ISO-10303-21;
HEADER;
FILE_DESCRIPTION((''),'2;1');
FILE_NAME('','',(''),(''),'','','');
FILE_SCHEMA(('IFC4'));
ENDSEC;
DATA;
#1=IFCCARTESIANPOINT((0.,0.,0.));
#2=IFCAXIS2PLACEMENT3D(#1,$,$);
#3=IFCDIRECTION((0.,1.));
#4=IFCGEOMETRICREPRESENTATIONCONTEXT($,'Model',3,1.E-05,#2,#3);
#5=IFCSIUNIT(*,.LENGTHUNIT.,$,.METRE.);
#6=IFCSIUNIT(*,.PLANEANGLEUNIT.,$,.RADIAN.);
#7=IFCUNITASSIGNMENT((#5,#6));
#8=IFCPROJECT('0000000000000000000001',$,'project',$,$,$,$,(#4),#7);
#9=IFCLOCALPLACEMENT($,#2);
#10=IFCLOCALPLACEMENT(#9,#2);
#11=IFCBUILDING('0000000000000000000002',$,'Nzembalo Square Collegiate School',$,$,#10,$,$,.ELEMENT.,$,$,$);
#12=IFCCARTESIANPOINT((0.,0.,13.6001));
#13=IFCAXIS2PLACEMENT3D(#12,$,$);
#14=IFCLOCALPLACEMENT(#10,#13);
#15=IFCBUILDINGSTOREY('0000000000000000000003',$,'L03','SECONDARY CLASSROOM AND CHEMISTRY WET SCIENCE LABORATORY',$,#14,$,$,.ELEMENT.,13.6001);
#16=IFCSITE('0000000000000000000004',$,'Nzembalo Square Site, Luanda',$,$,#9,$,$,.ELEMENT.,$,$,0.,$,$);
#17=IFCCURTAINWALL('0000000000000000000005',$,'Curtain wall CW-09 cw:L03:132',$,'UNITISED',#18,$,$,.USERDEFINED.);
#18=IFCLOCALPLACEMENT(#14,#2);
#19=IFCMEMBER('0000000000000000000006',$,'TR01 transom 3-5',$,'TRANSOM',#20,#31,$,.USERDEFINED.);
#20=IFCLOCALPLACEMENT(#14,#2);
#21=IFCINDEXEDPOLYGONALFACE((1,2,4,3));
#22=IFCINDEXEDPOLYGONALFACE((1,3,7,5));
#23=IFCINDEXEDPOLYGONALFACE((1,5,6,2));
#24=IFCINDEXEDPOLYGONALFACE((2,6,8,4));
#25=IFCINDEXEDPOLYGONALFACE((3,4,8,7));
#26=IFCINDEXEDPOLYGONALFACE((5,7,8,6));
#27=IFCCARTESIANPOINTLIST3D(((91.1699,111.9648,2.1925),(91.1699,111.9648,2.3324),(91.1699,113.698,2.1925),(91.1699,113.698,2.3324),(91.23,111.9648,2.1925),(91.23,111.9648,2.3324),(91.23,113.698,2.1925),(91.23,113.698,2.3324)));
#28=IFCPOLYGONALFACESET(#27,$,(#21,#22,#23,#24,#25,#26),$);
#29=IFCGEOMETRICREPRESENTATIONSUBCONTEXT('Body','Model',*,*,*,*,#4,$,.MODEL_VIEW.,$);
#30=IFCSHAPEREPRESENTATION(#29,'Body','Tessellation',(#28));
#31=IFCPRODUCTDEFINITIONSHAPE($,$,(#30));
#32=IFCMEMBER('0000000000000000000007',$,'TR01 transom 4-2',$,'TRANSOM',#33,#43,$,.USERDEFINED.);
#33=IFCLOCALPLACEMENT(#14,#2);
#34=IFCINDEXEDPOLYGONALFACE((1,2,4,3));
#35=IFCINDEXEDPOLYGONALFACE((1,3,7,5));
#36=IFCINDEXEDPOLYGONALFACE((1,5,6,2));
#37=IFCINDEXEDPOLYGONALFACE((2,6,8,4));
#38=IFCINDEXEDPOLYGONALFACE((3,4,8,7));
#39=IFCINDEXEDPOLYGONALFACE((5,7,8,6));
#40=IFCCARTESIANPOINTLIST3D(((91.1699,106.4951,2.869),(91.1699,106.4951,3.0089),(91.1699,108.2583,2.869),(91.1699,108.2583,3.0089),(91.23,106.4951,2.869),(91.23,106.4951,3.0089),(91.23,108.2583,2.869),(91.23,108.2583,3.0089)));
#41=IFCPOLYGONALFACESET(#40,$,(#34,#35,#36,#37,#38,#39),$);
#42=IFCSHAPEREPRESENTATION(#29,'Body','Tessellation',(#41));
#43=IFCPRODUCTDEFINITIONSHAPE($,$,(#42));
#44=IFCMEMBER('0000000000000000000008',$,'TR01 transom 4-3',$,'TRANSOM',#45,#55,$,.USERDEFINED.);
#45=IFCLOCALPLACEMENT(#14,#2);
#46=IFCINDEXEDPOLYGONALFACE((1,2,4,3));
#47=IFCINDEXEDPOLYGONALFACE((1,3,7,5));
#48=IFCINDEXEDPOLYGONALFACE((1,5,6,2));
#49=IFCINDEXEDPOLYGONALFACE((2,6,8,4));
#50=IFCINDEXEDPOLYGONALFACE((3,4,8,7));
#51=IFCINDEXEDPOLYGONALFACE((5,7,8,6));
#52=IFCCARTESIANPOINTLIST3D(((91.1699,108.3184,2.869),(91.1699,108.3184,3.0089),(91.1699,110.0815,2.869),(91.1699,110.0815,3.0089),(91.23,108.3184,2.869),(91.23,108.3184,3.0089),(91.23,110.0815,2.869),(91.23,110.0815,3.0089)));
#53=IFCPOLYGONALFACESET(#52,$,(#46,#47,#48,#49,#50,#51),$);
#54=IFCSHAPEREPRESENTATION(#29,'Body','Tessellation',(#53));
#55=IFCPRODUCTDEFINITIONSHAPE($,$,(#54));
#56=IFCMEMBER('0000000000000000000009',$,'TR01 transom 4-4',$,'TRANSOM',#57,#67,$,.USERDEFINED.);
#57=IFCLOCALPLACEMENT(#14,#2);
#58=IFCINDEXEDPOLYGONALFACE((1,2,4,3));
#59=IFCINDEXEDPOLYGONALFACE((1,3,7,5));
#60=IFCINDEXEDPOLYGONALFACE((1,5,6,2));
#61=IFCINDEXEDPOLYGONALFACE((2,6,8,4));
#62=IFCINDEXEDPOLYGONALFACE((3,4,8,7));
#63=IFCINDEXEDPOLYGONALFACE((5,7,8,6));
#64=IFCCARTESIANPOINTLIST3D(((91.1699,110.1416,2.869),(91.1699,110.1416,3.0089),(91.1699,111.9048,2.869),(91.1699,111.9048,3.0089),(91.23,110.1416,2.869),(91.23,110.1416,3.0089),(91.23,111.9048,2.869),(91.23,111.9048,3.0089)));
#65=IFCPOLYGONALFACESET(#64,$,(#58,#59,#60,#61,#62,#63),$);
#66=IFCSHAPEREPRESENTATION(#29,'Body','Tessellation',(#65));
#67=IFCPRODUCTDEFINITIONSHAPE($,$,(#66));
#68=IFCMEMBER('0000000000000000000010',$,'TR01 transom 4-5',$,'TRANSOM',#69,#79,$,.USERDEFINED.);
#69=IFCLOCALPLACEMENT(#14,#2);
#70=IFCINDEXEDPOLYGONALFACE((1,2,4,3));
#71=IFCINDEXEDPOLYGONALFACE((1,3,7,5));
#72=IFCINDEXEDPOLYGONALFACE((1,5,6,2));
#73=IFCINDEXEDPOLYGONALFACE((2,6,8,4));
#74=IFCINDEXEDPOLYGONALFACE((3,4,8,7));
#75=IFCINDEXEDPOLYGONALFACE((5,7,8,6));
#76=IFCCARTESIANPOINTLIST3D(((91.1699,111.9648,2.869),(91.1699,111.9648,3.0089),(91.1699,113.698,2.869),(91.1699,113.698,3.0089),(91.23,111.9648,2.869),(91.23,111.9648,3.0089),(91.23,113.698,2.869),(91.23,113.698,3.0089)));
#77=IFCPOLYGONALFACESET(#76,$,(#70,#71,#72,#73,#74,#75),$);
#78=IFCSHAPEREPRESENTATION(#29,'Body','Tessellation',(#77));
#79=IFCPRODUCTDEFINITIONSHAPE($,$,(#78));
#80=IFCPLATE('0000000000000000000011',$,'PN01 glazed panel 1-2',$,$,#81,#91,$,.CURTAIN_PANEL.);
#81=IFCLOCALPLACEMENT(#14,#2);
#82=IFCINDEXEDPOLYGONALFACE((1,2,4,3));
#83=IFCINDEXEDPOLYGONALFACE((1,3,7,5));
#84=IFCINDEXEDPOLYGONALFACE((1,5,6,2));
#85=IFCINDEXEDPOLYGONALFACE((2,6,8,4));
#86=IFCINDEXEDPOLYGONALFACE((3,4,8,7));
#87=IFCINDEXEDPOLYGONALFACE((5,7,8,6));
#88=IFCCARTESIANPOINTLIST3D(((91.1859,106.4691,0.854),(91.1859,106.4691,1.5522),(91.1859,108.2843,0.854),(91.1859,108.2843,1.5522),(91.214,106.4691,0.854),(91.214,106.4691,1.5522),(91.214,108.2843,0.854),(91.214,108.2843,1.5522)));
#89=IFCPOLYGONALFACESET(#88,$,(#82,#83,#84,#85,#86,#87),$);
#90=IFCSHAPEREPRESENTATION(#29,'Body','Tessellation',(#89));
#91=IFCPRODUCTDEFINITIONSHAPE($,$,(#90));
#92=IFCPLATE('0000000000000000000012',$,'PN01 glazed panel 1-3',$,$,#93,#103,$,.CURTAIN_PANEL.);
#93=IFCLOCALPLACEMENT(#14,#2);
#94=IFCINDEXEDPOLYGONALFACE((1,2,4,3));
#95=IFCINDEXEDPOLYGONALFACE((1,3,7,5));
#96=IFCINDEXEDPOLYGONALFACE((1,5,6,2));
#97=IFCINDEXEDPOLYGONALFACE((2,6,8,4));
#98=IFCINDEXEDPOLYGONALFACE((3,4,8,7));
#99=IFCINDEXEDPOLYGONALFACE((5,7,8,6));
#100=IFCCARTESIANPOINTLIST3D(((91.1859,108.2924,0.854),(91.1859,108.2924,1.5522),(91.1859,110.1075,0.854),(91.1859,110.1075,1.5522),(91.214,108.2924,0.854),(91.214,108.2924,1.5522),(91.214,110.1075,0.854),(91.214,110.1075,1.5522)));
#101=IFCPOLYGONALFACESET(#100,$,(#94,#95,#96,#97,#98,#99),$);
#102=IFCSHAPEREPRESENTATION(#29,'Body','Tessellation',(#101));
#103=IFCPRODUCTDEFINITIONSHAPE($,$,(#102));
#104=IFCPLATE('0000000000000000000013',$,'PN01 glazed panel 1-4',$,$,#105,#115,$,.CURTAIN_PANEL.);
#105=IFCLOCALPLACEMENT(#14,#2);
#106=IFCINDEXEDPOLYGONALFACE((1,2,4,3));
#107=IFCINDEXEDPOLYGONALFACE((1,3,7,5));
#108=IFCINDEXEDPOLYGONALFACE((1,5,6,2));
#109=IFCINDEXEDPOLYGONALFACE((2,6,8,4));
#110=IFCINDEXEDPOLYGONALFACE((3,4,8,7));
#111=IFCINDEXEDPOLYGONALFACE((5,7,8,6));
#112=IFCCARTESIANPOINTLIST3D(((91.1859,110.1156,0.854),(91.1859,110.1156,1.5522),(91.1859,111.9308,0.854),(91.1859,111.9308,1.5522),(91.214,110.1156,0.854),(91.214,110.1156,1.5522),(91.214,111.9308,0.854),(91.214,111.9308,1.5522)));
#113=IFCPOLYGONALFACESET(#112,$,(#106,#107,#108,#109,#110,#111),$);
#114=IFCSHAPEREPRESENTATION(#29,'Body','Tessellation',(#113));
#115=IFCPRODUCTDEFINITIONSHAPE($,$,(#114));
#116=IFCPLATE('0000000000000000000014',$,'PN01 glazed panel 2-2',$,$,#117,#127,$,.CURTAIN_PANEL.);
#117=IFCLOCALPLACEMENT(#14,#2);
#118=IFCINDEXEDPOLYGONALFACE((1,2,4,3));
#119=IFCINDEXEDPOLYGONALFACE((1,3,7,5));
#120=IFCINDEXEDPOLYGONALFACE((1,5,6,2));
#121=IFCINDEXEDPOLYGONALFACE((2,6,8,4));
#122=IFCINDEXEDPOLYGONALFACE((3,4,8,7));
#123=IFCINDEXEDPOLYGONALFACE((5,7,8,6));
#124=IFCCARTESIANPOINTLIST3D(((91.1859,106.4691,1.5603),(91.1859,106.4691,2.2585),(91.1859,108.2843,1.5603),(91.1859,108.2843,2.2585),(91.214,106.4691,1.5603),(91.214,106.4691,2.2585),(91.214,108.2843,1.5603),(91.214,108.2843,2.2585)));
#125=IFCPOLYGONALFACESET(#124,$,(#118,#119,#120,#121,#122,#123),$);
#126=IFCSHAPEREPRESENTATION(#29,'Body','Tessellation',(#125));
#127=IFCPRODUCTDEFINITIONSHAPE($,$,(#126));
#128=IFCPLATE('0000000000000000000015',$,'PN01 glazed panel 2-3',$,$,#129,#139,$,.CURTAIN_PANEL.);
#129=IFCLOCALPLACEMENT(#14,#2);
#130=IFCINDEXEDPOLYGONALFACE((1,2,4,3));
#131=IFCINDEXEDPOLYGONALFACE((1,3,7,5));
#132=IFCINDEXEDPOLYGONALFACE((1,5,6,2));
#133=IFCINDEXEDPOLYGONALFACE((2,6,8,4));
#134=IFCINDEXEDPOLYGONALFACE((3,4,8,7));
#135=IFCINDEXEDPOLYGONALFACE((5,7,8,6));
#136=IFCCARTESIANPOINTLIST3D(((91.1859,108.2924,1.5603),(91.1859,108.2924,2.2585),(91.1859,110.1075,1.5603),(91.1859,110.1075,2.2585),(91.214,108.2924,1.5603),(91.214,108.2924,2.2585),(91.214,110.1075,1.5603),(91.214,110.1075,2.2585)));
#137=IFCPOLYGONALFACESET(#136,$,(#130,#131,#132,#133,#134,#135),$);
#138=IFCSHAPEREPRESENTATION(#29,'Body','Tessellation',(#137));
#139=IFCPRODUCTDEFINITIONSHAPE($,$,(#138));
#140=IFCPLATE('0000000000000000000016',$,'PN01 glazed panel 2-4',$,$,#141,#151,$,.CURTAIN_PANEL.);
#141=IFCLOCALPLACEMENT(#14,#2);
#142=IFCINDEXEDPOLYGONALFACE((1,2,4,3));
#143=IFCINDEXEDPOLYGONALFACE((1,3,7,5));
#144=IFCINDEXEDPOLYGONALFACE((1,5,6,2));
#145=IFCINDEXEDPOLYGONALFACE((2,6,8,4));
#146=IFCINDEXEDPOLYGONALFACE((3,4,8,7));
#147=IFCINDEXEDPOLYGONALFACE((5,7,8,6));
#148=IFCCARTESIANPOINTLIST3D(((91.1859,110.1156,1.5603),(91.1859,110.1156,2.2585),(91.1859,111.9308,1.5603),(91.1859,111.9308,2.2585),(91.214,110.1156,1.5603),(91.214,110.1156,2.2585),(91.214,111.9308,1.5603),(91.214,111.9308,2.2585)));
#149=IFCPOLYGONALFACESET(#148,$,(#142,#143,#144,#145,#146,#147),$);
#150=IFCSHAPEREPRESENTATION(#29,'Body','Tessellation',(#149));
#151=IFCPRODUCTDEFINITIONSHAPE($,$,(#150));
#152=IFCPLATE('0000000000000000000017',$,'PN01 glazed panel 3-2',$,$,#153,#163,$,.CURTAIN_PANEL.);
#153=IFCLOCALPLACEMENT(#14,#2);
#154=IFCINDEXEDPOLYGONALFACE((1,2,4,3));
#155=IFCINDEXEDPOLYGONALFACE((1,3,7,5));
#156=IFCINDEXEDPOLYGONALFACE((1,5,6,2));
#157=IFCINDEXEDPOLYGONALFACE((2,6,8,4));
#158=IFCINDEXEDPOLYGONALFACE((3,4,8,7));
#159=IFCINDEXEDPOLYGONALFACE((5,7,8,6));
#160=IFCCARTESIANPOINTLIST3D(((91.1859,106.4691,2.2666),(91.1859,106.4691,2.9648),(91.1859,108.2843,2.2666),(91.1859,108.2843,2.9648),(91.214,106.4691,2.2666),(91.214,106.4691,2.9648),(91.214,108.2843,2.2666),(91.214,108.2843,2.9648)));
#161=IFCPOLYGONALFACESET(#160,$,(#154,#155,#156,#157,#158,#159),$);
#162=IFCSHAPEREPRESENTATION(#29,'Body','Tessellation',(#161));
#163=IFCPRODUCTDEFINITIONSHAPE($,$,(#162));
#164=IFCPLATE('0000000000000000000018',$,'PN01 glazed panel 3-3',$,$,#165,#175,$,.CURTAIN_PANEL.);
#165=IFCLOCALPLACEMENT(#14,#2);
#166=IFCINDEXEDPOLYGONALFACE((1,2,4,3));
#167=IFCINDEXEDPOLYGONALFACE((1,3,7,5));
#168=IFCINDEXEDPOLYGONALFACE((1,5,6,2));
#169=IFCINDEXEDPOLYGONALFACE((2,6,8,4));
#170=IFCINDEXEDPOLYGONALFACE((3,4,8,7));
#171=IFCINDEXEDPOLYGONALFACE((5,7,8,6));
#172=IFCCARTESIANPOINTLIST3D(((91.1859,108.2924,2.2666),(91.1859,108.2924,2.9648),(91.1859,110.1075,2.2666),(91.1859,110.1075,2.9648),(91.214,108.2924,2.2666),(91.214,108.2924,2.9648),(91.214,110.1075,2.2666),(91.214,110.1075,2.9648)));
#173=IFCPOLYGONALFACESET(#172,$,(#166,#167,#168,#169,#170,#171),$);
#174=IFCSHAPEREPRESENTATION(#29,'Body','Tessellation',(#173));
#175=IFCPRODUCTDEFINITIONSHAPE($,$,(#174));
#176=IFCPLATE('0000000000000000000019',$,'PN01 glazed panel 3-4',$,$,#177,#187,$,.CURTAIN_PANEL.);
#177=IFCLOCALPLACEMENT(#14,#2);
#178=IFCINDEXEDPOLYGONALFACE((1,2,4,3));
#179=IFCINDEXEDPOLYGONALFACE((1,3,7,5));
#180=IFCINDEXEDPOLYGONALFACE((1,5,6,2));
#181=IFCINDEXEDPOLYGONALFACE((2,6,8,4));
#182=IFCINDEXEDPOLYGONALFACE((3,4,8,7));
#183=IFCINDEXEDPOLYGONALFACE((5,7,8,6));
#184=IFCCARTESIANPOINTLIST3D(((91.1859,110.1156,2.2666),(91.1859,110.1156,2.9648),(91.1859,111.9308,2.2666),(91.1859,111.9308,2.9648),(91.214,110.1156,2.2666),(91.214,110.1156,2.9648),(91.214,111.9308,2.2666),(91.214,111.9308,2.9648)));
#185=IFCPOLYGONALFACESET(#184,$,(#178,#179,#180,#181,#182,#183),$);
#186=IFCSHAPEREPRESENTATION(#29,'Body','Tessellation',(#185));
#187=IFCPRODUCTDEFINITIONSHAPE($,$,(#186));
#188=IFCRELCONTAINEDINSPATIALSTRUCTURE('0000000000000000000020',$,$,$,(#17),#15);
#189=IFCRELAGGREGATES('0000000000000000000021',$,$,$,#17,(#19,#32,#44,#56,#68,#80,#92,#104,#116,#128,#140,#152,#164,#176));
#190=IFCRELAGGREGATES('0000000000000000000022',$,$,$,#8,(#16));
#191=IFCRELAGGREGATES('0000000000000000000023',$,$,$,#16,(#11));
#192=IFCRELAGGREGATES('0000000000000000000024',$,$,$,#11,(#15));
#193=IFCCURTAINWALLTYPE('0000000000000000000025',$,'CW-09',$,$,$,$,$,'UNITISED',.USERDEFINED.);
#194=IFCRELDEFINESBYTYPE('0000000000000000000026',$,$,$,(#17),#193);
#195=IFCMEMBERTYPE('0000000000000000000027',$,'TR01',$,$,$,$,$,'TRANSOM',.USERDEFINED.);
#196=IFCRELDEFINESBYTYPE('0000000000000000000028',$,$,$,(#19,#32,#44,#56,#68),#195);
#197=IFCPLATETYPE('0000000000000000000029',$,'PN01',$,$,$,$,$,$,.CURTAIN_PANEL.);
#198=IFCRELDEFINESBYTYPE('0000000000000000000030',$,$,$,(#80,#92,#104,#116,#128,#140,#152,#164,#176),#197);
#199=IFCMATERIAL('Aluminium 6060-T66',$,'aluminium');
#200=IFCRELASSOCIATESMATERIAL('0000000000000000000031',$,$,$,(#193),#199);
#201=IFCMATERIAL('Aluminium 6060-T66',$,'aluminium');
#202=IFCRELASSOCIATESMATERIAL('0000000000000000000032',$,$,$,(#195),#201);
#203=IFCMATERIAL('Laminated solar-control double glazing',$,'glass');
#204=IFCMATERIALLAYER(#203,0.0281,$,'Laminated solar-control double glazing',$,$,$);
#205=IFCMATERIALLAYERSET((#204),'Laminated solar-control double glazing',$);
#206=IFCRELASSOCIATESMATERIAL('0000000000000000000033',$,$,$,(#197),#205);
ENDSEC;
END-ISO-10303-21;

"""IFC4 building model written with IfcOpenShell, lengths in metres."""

from ifc_helpers import new_model, si_unit, direction, frame, origin, origin_2d, place, context, subcontext, project, spatial, rectangle, extrude, material, layer, layer_set, material_profile, profile_set, type_object, element, aggregate, save


model = new_model("IFC4")

# Units and contexts
model_context = context("Model", 3, precision=1e-05, world=origin(), true_north=direction((0.0, 1.0)))
body_context = subcontext(model_context, "Body", "Model", "MODEL_VIEW")
ifc_project = project(units=[si_unit("LENGTHUNIT", "METRE"), si_unit("PLANEANGLEUNIT", "RADIAN")], contexts=[model_context])

# Site, building, storey
site_placement = place(None, origin())
site = spatial("IfcSite", under=ifc_project, at=site_placement, Name="Nzembalo Square Site, Luanda", CompositionType="ELEMENT", RefElevation=0.0)
building_placement = place(site_placement, origin())
building = spatial("IfcBuilding", under=site, at=building_placement, Name="Nzembalo Square Collegiate School", CompositionType="ELEMENT")
storey_placement = place(building_placement, frame((0.0, 0.0, 13.6001)))
storey = spatial("IfcBuildingStorey", under=building, at=storey_placement, Name="L03", Description="SECONDARY CLASSROOM AND CHEMISTRY WET SCIENCE LABORATORY", CompositionType="ELEMENT", Elevation=13.6001)

# Curtain wall, members, plates
ifc_material_1 = material(Name="Aluminium 6060-T66", Category="aluminium")
curtain_wall_type = type_object("IfcCurtainWallType", Name="CW-09", ElementType="UNITISED", PredefinedType="USERDEFINED", material=ifc_material_1)
curtain_wall_placement = place(storey_placement, origin())
curtain_wall = element("IfcCurtainWall", 1, at=curtain_wall_placement, inside=storey, type_object=curtain_wall_type, Name="Curtain wall CW-09 cw:L03:132", ObjectType="UNITISED", PredefinedType="USERDEFINED")
ifc_material_2 = material(Name="Aluminium 6060-T66", Category="aluminium")
ifc_material_profile_1 = material_profile(ifc_material_2, rectangle(XDim=0.0601, YDim=0.1399, at=origin_2d()), Name="ALU T60x140")
ifc_profile_set_1 = profile_set([ifc_material_profile_1], Name="Aluminium 6060-T66")
member_type_1 = type_object("IfcMemberType", Name="TR01", ElementType="TRANSOM", PredefinedType="USERDEFINED", material=ifc_profile_set_1)
member_1_placement = place(storey_placement, frame((91.2, 111.9648, 2.2625), z_axis=(0.0, 1.0, 0.0), x_axis=(-1.0, 0.0, 0.0)))
member_1 = element("IfcMember", 2, at=member_1_placement, type_object=member_type_1, Name="TR01 transom 3-5", ObjectType="TRANSOM", PredefinedType="USERDEFINED", context=body_context, shape_type="SweptSolid", body=[
    extrude(rectangle(XDim=0.0601, YDim=0.1399, at=origin_2d()), origin(), (0.0, 0.0, 1.0), 1.7332),
])
member_2_placement = place(storey_placement, frame((91.2, 106.4951, 2.939), z_axis=(0.0, 1.0, 0.0), x_axis=(-1.0, 0.0, 0.0)))
member_2 = element("IfcMember", 3, at=member_2_placement, type_object=member_type_1, Name="TR01 transom 4-2", ObjectType="TRANSOM", PredefinedType="USERDEFINED", context=body_context, shape_type="SweptSolid", body=[
    extrude(rectangle(XDim=0.0601, YDim=0.1399, at=origin_2d()), origin(), (0.0, 0.0, 1.0), 1.7632),
])
member_3_placement = place(storey_placement, frame((91.2, 108.3184, 2.939), z_axis=(0.0, 1.0, 0.0), x_axis=(-1.0, 0.0, 0.0)))
member_3 = element("IfcMember", 4, at=member_3_placement, type_object=member_type_1, Name="TR01 transom 4-3", ObjectType="TRANSOM", PredefinedType="USERDEFINED", context=body_context, shape_type="SweptSolid", body=[
    extrude(rectangle(XDim=0.0601, YDim=0.1399, at=origin_2d()), origin(), (0.0, 0.0, 1.0), 1.7632),
])
member_4_placement = place(storey_placement, frame((91.2, 110.1416, 2.939), z_axis=(0.0, 1.0, 0.0), x_axis=(-1.0, 0.0, 0.0)))
member_4 = element("IfcMember", 5, at=member_4_placement, type_object=member_type_1, Name="TR01 transom 4-4", ObjectType="TRANSOM", PredefinedType="USERDEFINED", context=body_context, shape_type="SweptSolid", body=[
    extrude(rectangle(XDim=0.0601, YDim=0.1399, at=origin_2d()), origin(), (0.0, 0.0, 1.0), 1.7632),
])
member_5_placement = place(storey_placement, frame((91.2, 111.9648, 2.939), z_axis=(0.0, 1.0, 0.0), x_axis=(-1.0, 0.0, 0.0)))
member_5 = element("IfcMember", 6, at=member_5_placement, type_object=member_type_1, Name="TR01 transom 4-5", ObjectType="TRANSOM", PredefinedType="USERDEFINED", context=body_context, shape_type="SweptSolid", body=[
    extrude(rectangle(XDim=0.0601, YDim=0.1399, at=origin_2d()), origin(), (0.0, 0.0, 1.0), 1.7332),
])
ifc_material_3 = material(Name="Laminated solar-control double glazing", Category="glass")
ifc_layer_1 = layer(ifc_material_3, 0.0281, Name="Laminated solar-control double glazing")
ifc_layer_set_1 = layer_set([ifc_layer_1], Name="Laminated solar-control double glazing")
plate_type = type_object("IfcPlateType", Name="PN01", PredefinedType="CURTAIN_PANEL", material=ifc_layer_set_1)
plate_1_placement = place(storey_placement, frame((91.2, 107.3767, 0.854), z_axis=(0.0, 0.0, 1.0), x_axis=(0.0, 1.0, 0.0)))
plate_1 = element("IfcPlate", 7, at=plate_1_placement, type_object=plate_type, Name="PN01 glazed panel 1-2", PredefinedType="CURTAIN_PANEL", context=body_context, shape_type="SweptSolid", body=[
    extrude(rectangle(XDim=1.8152, YDim=0.0281, at=origin_2d()), origin(), (0.0, 0.0, 1.0), 0.6982),
])
plate_2_placement = place(storey_placement, frame((91.2, 109.2, 0.854), z_axis=(0.0, 0.0, 1.0), x_axis=(0.0, 1.0, 0.0)))
plate_2 = element("IfcPlate", 8, at=plate_2_placement, type_object=plate_type, Name="PN01 glazed panel 1-3", PredefinedType="CURTAIN_PANEL", context=body_context, shape_type="SweptSolid", body=[
    extrude(rectangle(XDim=1.8152, YDim=0.0281, at=origin_2d()), origin(), (0.0, 0.0, 1.0), 0.6982),
])
plate_3_placement = place(storey_placement, frame((91.2, 111.0232, 0.854), z_axis=(0.0, 0.0, 1.0), x_axis=(0.0, 1.0, 0.0)))
plate_3 = element("IfcPlate", 9, at=plate_3_placement, type_object=plate_type, Name="PN01 glazed panel 1-4", PredefinedType="CURTAIN_PANEL", context=body_context, shape_type="SweptSolid", body=[
    extrude(rectangle(XDim=1.8152, YDim=0.0281, at=origin_2d()), origin(), (0.0, 0.0, 1.0), 0.6982),
])
plate_4_placement = place(storey_placement, frame((91.2, 107.3767, 1.5603), z_axis=(0.0, 0.0, 1.0), x_axis=(0.0, 1.0, 0.0)))
plate_4 = element("IfcPlate", 10, at=plate_4_placement, type_object=plate_type, Name="PN01 glazed panel 2-2", PredefinedType="CURTAIN_PANEL", context=body_context, shape_type="SweptSolid", body=[
    extrude(rectangle(XDim=1.8152, YDim=0.0281, at=origin_2d()), origin(), (0.0, 0.0, 1.0), 0.6982),
])
plate_5_placement = place(storey_placement, frame((91.2, 109.2, 1.5603), z_axis=(0.0, 0.0, 1.0), x_axis=(0.0, 1.0, 0.0)))
plate_5 = element("IfcPlate", 11, at=plate_5_placement, type_object=plate_type, Name="PN01 glazed panel 2-3", PredefinedType="CURTAIN_PANEL", context=body_context, shape_type="SweptSolid", body=[
    extrude(rectangle(XDim=1.8152, YDim=0.0281, at=origin_2d()), origin(), (0.0, 0.0, 1.0), 0.6982),
])
plate_6_placement = place(storey_placement, frame((91.2, 111.0232, 1.5603), z_axis=(0.0, 0.0, 1.0), x_axis=(0.0, 1.0, 0.0)))
plate_6 = element("IfcPlate", 12, at=plate_6_placement, type_object=plate_type, Name="PN01 glazed panel 2-4", PredefinedType="CURTAIN_PANEL", context=body_context, shape_type="SweptSolid", body=[
    extrude(rectangle(XDim=1.8152, YDim=0.0281, at=origin_2d()), origin(), (0.0, 0.0, 1.0), 0.6982),
])
plate_7_placement = place(storey_placement, frame((91.2, 107.3767, 2.2666), z_axis=(0.0, 0.0, 1.0), x_axis=(0.0, 1.0, 0.0)))
plate_7 = element("IfcPlate", 13, at=plate_7_placement, type_object=plate_type, Name="PN01 glazed panel 3-2", PredefinedType="CURTAIN_PANEL", context=body_context, shape_type="SweptSolid", body=[
    extrude(rectangle(XDim=1.8152, YDim=0.0281, at=origin_2d()), origin(), (0.0, 0.0, 1.0), 0.6982),
])
plate_8_placement = place(storey_placement, frame((91.2, 109.2, 2.2666), z_axis=(0.0, 0.0, 1.0), x_axis=(0.0, 1.0, 0.0)))
plate_8 = element("IfcPlate", 14, at=plate_8_placement, type_object=plate_type, Name="PN01 glazed panel 3-3", PredefinedType="CURTAIN_PANEL", context=body_context, shape_type="SweptSolid", body=[
    extrude(rectangle(XDim=1.8152, YDim=0.0281, at=origin_2d()), origin(), (0.0, 0.0, 1.0), 0.6982),
])
plate_9_placement = place(storey_placement, frame((91.2, 111.0232, 2.2666), z_axis=(0.0, 0.0, 1.0), x_axis=(0.0, 1.0, 0.0)))
plate_9 = element("IfcPlate", 15, at=plate_9_placement, type_object=plate_type, Name="PN01 glazed panel 3-4", PredefinedType="CURTAIN_PANEL", context=body_context, shape_type="SweptSolid", body=[
    extrude(rectangle(XDim=1.8152, YDim=0.0281, at=origin_2d()), origin(), (0.0, 0.0, 1.0), 0.6982),
])
aggregate(curtain_wall, [member_1, member_2, member_3, member_4, member_5, plate_1, plate_2, plate_3, plate_4, plate_5, plate_6, plate_7, plate_8, plate_9])

save(model, "model.ifc")
